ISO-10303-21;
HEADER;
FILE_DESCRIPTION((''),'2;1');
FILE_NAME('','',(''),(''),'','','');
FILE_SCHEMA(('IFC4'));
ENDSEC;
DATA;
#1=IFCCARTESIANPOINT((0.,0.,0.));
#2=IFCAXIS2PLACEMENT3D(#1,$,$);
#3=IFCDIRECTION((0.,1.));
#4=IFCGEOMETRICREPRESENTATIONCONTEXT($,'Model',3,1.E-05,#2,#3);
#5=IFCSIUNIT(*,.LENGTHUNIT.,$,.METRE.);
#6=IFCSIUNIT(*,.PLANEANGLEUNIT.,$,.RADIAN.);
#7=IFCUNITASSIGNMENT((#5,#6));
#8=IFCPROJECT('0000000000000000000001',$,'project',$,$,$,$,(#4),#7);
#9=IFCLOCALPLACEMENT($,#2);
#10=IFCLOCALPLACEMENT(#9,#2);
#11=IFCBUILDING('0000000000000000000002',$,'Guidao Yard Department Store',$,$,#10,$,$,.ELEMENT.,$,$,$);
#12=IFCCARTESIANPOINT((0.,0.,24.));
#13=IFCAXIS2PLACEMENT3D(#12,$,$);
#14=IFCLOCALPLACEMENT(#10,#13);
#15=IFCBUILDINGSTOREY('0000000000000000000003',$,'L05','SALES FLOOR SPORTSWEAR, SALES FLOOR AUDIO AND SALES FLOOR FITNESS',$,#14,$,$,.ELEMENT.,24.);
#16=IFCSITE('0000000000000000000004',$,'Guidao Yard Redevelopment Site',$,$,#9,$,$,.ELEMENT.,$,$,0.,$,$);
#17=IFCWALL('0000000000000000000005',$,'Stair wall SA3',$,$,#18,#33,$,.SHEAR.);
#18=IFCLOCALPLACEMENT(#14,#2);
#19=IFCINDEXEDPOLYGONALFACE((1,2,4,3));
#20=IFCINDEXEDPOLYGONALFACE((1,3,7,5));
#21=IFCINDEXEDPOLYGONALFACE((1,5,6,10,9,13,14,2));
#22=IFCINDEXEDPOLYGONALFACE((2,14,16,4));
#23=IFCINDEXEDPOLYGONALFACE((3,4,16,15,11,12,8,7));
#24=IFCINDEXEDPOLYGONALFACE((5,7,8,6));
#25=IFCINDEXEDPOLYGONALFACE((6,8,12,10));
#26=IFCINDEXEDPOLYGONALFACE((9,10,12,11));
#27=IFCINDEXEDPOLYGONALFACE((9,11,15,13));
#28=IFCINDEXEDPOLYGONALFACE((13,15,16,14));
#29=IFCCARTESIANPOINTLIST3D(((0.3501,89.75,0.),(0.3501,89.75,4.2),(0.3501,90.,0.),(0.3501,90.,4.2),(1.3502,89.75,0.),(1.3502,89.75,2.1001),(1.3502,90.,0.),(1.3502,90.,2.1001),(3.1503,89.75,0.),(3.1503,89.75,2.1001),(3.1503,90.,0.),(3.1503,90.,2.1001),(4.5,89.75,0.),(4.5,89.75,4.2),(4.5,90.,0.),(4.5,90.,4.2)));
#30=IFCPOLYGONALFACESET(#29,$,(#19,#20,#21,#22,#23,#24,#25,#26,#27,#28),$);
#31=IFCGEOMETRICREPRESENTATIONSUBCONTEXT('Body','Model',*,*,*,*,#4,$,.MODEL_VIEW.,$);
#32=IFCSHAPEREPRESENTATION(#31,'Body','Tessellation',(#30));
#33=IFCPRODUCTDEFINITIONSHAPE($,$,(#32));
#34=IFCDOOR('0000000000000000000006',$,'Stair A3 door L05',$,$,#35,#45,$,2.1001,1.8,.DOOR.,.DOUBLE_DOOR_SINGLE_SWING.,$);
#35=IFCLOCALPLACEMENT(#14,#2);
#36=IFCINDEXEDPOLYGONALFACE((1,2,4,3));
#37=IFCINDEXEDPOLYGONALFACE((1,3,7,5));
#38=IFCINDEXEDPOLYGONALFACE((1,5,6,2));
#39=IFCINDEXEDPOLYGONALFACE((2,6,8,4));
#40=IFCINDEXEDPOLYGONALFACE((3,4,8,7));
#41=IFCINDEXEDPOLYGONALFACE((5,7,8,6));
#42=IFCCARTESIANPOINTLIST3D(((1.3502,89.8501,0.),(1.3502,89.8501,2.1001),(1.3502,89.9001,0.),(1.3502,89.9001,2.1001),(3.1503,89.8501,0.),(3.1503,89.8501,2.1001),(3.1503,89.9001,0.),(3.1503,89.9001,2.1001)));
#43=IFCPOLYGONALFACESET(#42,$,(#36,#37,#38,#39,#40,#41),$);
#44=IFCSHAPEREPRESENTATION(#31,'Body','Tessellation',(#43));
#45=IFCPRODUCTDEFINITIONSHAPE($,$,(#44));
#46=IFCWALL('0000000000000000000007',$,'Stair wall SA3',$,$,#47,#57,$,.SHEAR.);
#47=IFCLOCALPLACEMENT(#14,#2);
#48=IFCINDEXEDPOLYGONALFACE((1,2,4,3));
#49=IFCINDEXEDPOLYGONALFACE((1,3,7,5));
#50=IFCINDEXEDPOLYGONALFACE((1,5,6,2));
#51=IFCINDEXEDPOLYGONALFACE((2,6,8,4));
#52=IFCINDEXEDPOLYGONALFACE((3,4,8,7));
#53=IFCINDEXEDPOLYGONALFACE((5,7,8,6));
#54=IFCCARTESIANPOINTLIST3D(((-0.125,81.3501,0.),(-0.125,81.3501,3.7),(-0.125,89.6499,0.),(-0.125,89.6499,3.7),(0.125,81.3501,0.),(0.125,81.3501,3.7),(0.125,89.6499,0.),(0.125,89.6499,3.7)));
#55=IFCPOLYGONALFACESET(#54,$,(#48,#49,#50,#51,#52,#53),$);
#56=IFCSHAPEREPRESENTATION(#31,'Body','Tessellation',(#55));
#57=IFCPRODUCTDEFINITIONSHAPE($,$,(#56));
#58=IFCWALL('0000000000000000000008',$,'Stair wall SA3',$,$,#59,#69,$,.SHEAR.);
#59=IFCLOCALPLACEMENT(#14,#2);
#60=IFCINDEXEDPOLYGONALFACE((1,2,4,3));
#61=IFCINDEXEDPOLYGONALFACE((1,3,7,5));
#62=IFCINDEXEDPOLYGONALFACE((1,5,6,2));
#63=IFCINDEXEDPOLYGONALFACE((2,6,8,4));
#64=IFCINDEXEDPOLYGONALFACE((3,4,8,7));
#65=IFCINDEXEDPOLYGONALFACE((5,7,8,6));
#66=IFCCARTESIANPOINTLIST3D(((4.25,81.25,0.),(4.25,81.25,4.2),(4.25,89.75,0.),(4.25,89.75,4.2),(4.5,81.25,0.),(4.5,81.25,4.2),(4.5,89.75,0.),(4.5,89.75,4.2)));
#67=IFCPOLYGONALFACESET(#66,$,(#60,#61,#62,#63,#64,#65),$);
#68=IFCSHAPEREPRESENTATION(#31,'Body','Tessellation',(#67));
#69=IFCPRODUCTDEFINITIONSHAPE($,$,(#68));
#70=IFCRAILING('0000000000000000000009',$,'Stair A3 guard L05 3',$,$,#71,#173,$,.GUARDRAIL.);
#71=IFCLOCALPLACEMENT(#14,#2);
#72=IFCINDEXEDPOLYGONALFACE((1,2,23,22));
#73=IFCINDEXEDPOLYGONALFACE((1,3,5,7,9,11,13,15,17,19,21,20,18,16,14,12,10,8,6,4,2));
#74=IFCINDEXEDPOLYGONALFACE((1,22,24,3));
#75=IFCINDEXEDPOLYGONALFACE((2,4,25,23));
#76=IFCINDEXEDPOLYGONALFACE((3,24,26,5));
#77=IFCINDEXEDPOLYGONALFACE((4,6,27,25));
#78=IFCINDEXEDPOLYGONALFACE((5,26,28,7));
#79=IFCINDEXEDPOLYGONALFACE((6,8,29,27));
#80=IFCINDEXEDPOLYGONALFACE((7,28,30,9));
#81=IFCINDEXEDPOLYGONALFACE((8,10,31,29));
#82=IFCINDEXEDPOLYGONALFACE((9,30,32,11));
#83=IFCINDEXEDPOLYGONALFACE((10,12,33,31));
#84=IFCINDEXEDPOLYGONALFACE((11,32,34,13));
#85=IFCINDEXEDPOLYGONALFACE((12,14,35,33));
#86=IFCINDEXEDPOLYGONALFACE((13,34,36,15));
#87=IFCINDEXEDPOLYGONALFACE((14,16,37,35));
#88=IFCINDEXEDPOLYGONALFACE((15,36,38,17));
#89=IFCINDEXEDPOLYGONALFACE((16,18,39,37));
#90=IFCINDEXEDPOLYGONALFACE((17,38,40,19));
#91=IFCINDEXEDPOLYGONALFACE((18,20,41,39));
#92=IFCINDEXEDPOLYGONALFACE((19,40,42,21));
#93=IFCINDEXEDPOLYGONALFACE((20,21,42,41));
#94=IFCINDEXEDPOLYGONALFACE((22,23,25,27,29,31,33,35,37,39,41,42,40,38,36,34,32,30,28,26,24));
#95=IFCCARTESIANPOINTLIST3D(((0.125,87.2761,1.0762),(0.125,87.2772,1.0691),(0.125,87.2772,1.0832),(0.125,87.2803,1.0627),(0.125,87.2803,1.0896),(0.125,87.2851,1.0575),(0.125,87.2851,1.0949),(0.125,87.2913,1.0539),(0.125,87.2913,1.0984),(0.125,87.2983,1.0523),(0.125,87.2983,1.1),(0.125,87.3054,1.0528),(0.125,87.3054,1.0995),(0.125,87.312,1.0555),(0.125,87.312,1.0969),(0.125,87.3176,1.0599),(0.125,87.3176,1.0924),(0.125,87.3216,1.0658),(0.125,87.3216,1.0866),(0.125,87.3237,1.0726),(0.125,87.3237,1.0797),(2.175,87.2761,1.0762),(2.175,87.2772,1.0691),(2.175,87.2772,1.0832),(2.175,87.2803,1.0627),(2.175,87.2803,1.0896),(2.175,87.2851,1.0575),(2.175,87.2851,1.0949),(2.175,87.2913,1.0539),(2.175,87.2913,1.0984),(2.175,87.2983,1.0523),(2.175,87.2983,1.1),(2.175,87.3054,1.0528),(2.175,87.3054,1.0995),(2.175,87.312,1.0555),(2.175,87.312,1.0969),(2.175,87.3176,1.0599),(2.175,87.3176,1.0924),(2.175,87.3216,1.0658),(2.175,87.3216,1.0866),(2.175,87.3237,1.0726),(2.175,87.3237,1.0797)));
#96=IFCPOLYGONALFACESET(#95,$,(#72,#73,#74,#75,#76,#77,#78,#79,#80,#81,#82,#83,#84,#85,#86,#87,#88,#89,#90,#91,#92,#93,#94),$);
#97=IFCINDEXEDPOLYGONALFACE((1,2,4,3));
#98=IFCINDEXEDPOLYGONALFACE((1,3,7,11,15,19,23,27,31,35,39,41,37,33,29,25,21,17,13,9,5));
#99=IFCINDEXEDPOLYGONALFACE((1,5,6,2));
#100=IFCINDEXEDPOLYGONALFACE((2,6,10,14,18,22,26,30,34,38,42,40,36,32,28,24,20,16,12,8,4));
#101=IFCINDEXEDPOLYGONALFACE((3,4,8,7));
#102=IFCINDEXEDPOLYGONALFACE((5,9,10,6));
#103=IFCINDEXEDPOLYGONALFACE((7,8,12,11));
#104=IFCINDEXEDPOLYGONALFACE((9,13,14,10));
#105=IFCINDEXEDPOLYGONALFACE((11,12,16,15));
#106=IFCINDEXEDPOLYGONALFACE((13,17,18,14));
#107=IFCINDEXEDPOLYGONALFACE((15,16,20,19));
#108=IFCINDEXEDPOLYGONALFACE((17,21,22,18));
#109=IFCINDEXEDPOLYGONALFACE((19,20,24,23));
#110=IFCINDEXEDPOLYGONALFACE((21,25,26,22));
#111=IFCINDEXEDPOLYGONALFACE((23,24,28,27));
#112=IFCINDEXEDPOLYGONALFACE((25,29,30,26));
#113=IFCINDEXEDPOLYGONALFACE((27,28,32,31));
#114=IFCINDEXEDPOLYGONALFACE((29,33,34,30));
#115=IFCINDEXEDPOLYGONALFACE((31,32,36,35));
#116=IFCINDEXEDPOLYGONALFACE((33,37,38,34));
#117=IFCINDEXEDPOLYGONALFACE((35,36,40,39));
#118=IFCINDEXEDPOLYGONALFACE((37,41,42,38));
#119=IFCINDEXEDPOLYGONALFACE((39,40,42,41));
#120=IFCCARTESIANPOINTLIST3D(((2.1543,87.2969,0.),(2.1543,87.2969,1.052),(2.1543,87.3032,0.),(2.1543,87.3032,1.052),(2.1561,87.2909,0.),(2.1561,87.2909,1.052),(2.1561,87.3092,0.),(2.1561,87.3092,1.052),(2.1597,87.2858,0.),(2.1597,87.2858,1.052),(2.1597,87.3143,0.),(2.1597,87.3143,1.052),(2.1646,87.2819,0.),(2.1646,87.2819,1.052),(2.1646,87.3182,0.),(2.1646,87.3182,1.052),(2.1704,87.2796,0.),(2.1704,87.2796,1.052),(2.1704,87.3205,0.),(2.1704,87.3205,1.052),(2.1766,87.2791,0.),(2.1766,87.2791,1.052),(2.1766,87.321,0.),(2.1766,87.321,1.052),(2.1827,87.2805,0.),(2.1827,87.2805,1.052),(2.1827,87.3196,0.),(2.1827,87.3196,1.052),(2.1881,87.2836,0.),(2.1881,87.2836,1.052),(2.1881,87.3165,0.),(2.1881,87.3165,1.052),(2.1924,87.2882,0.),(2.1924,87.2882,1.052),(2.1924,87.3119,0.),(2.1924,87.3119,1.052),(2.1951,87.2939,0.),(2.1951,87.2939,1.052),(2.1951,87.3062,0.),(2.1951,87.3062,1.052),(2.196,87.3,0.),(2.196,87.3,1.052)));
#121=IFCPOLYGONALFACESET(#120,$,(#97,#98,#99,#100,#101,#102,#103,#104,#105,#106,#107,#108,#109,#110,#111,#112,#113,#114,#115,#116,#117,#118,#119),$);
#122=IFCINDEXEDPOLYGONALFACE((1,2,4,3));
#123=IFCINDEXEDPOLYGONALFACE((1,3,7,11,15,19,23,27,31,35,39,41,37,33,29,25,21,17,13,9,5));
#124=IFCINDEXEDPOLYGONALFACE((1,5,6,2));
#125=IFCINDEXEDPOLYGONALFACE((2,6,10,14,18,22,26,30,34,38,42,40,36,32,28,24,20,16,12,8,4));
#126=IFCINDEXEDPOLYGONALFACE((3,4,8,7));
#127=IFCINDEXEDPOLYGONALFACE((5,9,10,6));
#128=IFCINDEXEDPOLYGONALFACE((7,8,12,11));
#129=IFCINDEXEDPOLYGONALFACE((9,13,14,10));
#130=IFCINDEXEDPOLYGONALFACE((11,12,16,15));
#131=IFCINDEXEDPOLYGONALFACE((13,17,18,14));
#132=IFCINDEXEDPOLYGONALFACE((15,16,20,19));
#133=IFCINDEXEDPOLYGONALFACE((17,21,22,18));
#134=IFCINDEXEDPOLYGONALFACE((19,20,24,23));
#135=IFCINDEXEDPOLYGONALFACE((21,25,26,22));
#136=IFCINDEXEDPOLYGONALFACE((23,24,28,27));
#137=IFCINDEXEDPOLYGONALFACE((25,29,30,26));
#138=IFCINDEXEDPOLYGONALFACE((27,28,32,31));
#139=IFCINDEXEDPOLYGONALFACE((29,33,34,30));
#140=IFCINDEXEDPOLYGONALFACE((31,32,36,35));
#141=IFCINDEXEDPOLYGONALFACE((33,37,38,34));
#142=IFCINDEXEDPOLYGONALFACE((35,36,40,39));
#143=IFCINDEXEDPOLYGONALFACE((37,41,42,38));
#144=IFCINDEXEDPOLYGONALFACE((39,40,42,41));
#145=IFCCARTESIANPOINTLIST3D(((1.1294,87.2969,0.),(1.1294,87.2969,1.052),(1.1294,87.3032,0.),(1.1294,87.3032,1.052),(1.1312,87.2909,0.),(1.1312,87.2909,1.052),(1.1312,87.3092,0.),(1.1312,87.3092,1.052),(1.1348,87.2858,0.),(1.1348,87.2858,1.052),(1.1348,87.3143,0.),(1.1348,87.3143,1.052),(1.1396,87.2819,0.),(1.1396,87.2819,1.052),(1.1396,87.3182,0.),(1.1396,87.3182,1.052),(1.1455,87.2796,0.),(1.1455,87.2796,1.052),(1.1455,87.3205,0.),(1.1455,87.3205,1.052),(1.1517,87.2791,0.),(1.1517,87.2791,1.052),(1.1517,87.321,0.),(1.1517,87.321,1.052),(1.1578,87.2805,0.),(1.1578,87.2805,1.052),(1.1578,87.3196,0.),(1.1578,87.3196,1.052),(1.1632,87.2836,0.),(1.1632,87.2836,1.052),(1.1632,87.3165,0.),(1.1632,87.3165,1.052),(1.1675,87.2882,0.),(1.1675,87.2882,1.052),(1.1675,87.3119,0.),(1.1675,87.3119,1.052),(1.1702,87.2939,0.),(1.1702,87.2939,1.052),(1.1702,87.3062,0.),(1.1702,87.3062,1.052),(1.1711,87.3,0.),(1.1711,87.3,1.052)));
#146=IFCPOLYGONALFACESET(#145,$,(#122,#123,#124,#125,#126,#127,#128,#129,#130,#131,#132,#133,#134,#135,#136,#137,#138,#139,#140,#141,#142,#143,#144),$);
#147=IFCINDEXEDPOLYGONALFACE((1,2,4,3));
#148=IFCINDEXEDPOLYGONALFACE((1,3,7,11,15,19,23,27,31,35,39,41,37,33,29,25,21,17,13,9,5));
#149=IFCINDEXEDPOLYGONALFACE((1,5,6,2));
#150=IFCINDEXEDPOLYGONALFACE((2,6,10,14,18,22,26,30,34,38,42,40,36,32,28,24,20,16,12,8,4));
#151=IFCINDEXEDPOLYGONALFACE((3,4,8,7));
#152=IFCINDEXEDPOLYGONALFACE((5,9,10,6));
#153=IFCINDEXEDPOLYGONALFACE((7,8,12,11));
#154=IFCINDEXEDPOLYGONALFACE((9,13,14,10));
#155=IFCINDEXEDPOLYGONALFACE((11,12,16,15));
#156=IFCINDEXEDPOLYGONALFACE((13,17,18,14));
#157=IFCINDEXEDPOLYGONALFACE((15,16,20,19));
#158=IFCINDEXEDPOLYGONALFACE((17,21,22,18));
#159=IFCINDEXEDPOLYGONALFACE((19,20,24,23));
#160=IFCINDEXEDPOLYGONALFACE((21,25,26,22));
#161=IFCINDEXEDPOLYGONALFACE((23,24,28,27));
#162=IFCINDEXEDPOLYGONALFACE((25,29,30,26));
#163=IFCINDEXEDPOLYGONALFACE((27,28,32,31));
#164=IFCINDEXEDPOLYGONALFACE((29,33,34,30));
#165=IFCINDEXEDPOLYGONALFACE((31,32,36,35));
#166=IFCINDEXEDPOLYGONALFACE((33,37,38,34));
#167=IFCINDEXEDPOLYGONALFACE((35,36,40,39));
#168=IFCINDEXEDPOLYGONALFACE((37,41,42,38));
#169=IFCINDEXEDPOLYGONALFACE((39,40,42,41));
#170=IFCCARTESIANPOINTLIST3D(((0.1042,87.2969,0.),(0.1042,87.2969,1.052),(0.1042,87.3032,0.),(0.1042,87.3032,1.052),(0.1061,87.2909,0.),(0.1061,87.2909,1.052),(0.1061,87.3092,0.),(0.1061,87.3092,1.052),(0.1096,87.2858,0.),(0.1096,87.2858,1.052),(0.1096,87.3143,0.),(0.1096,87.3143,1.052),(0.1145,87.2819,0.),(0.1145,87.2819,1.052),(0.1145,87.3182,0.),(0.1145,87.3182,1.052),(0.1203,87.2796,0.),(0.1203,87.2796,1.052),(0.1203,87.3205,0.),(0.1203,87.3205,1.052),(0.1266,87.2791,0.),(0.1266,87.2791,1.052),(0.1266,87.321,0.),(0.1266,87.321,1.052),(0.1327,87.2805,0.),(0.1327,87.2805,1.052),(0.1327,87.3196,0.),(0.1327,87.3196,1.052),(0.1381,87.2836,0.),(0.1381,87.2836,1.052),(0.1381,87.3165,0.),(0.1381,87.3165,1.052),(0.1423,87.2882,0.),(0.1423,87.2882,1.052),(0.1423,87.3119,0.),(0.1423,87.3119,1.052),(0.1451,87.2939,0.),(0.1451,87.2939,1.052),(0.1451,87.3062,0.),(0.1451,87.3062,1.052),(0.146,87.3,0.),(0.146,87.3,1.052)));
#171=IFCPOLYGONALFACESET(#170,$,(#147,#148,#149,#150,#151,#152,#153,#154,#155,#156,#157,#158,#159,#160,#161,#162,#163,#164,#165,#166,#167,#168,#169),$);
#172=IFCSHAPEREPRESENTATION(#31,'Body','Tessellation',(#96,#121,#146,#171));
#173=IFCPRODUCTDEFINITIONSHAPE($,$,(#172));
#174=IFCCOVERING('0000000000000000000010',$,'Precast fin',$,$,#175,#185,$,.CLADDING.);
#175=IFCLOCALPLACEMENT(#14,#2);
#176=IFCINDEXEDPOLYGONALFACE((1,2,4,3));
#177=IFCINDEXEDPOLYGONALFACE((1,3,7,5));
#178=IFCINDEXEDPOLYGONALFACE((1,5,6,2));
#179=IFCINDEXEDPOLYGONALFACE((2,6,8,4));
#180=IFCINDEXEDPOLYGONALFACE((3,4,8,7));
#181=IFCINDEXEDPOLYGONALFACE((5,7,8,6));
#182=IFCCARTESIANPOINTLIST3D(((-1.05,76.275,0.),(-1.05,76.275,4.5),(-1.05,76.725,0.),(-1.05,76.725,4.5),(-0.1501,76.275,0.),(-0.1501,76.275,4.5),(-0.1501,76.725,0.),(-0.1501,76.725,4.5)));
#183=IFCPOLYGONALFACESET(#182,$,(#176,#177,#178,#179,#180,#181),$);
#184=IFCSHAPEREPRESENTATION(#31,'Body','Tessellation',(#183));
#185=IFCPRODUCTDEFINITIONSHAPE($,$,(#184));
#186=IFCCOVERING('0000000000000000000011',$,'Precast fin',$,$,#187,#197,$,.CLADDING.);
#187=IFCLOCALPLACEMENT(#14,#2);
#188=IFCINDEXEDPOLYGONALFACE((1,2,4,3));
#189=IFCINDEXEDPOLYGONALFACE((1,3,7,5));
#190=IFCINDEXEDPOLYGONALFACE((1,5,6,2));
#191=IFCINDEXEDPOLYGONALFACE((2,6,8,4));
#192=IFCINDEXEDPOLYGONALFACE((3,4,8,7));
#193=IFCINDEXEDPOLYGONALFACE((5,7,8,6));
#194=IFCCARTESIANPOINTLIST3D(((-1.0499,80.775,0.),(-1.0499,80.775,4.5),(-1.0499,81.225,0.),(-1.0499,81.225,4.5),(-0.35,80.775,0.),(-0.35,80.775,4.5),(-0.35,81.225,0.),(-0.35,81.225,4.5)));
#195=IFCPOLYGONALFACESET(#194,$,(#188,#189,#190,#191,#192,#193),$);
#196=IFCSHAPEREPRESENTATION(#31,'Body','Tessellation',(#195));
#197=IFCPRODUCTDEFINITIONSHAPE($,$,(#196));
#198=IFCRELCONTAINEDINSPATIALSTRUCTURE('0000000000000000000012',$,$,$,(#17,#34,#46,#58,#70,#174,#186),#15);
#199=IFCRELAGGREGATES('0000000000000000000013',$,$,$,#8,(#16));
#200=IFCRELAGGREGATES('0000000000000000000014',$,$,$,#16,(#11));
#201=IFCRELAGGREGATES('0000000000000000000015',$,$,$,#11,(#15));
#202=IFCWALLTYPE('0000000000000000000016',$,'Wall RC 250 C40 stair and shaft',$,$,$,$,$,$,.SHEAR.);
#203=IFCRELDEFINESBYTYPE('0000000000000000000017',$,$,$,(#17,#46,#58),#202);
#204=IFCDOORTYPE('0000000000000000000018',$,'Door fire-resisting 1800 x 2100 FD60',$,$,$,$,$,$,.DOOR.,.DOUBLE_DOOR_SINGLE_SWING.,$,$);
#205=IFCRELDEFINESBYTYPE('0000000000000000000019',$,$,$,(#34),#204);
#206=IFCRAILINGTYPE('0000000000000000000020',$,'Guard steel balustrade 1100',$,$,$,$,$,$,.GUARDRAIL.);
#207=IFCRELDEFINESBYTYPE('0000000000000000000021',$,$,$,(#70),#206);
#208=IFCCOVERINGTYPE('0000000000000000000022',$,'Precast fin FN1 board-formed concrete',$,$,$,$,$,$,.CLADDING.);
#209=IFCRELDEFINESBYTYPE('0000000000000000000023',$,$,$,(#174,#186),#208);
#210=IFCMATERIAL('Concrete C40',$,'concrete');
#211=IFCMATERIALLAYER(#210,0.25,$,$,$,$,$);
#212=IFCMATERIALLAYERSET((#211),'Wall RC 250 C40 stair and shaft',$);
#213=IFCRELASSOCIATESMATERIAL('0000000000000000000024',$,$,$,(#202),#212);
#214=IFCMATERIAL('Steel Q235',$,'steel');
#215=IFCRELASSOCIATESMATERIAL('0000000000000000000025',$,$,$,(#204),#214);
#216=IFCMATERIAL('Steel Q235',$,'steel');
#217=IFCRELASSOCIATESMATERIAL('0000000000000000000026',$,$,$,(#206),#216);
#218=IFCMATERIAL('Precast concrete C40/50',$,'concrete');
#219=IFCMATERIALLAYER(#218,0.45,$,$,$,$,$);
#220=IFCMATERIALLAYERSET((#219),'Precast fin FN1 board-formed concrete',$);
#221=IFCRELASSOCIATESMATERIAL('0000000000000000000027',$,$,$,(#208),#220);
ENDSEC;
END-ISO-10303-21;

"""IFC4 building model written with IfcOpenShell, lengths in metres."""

from ifc_helpers import new_model, si_unit, direction, frame, frame_2d, origin, origin_2d, place, context, subcontext, project, spatial, rectangle, circle, extrude, material, layer, layer_set, type_object, element, fill, save


model = new_model("IFC4")

# Units and contexts
model_context = context("Model", 3, precision=1e-05, world=origin(), true_north=direction((0.0, 1.0)))
body_context = subcontext(model_context, "Body", "Model", "MODEL_VIEW")
ifc_project = project(units=[si_unit("LENGTHUNIT", "METRE"), si_unit("PLANEANGLEUNIT", "RADIAN")], contexts=[model_context])

# Site, building, storey
site_placement = place(None, origin())
site = spatial("IfcSite", under=ifc_project, at=site_placement, Name="Guidao Yard Redevelopment Site", CompositionType="ELEMENT", RefElevation=0.0)
building_placement = place(site_placement, origin())
building = spatial("IfcBuilding", under=site, at=building_placement, Name="Guidao Yard Department Store", CompositionType="ELEMENT")
storey_placement = place(building_placement, frame((0.0, 0.0, 24.0)))
storey = spatial("IfcBuildingStorey", under=building, at=storey_placement, Name="L05", Description="SALES FLOOR SPORTSWEAR, SALES FLOOR AUDIO AND SALES FLOOR FITNESS", CompositionType="ELEMENT", Elevation=24.0)

# Shared definitions
ifc_material_1 = material(Name="Concrete C40", Category="concrete")
ifc_layer_1 = layer(ifc_material_1, 0.25)
ifc_layer_set_1 = layer_set([ifc_layer_1], Name="Wall RC 250 C40 stair and shaft")
wall_type_1 = type_object("IfcWallType", Name="Wall RC 250 C40 stair and shaft", PredefinedType="SHEAR", material=ifc_layer_set_1)

# Wall, opening, door
wall_1_placement = place(storey_placement, frame((0.3501, 89.875, 0.0), z_axis=(0.0, 0.0, 1.0), x_axis=(1.0, 0.0, 0.0)))
wall_1 = element("IfcWall", 1, at=wall_1_placement, inside=storey, type_object=wall_type_1, Name="Stair wall SA3", PredefinedType="SHEAR", context=body_context, shape_type="SweptSolid", body=[
    extrude(rectangle(XDim=4.1499, YDim=0.25, at=frame_2d((2.075, 0.0))), origin(), (0.0, 0.0, 1.0), 4.2),
])
opening_1_placement = place(wall_1_placement, frame((2.8, 0.0, 0.0), z_axis=(0.0, 0.0, 1.0), x_axis=(-1.0, 0.0, 0.0)))
opening_1 = element("IfcOpeningElement", 2, at=opening_1_placement, cuts=wall_1, PredefinedType="OPENING", context=body_context, shape_type="SweptSolid", body=[
    extrude(rectangle(XDim=1.8, YDim=2.1001, at=frame_2d((0.8999, 1.05))), frame((0.0, 0.135, 0.0), z_axis=(0.0, -1.0, 0.0), x_axis=(1.0, 0.0, 0.0)), (0.0, 0.0, 1.0), 0.27),
])
ifc_material_2 = material(Name="Steel Q235", Category="steel")
door_type = type_object("IfcDoorType", Name="Door fire-resisting 1800 x 2100 FD60", OperationType="DOUBLE_DOOR_SINGLE_SWING", PredefinedType="DOOR", material=ifc_material_2)
door_placement = place(opening_1_placement, origin())
door = element("IfcDoor", 3, at=door_placement, inside=storey, type_object=door_type, Name="Stair A3 door L05", OperationType="DOUBLE_DOOR_SINGLE_SWING", OverallHeight=2.1001, OverallWidth=1.8, PredefinedType="DOOR", context=body_context, shape_type="SweptSolid", body=[
    extrude(rectangle(XDim=1.8, YDim=2.1001, at=frame_2d((0.8999, 1.05))), frame((0.0, 0.0249, 0.0), z_axis=(0.0, -1.0, 0.0), x_axis=(1.0, 0.0, 0.0)), (0.0, 0.0, 1.0), 0.05),
])
fill(opening_1, door)

# Walls
wall_2_placement = place(storey_placement, frame((0.0, 81.3501, 0.0), z_axis=(0.0, 0.0, 1.0), x_axis=(0.0, 1.0, 0.0)))
element("IfcWall", 4, at=wall_2_placement, inside=storey, type_object=wall_type_1, Name="Stair wall SA3", PredefinedType="SHEAR", context=body_context, shape_type="SweptSolid", body=[
    extrude(rectangle(XDim=8.2998, YDim=0.25, at=frame_2d((4.1499, 0.0))), origin(), (0.0, 0.0, 1.0), 3.7),
])
wall_3_placement = place(storey_placement, frame((4.375, 81.25, 0.0), z_axis=(0.0, 0.0, 1.0), x_axis=(0.0, 1.0, 0.0)))
element("IfcWall", 5, at=wall_3_placement, inside=storey, type_object=wall_type_1, Name="Stair wall SA3", PredefinedType="SHEAR", context=body_context, shape_type="SweptSolid", body=[
    extrude(rectangle(XDim=8.5, YDim=0.25, at=frame_2d((4.25, 0.0))), origin(), (0.0, 0.0, 1.0), 4.2),
])

# Railing
ifc_material_3 = material(Name="Steel Q235", Category="steel")
railing_type = type_object("IfcRailingType", Name="Guard steel balustrade 1100", PredefinedType="GUARDRAIL", material=ifc_material_3)
railing_placement = place(storey_placement, frame((2.175, 87.3, 0.0)))
element("IfcRailing", 6, at=railing_placement, inside=storey, type_object=railing_type, Name="Stair A3 guard L05 3", PredefinedType="GUARDRAIL", context=body_context, shape_type="SweptSolid", body=[
    extrude(circle(Radius=0.0239, at=origin_2d()), frame((0.0, 0.0, 1.0762), z_axis=(-1.0, 0.0, 0.0), x_axis=(0.0, -1.0, 0.0)), (0.0, 0.0, 1.0), 2.05),
    extrude(circle(Radius=0.021, at=origin_2d()), origin(), (0.0, 0.0, 1.0), 1.052),
    extrude(circle(Radius=0.021, at=origin_2d()), frame((-1.0249, 0.0, 0.0)), (0.0, 0.0, 1.0), 1.052),
    extrude(circle(Radius=0.021, at=origin_2d()), frame((-2.05, 0.0, 0.0)), (0.0, 0.0, 1.0), 1.052),
])

# Coverings
ifc_material_4 = material(Name="Precast concrete C40/50", Category="concrete")
ifc_layer_2 = layer(ifc_material_4, 0.45)
ifc_layer_set_2 = layer_set([ifc_layer_2], Name="Precast fin FN1 board-formed concrete")
covering_type = type_object("IfcCoveringType", Name="Precast fin FN1 board-formed concrete", PredefinedType="CLADDING", material=ifc_layer_set_2)
covering_1_placement = place(storey_placement, frame((-0.6001, 76.5, 0.0), z_axis=(0.0, 0.0, 1.0), x_axis=(0.0, 1.0, 0.0)))
element("IfcCovering", 7, at=covering_1_placement, inside=storey, type_object=covering_type, Name="Precast fin", PredefinedType="CLADDING", context=body_context, shape_type="SweptSolid", body=[
    extrude(rectangle(XDim=0.45, YDim=0.8999, at=origin_2d()), origin(), (0.0, 0.0, 1.0), 4.5),
])
for number, where, z_axis, x_axis, name in (
    (8, (-0.7, 81.0, 0.0), (0.0, 0.0, 1.0), (0.0, 1.0, 0.0), "Precast fin"),
):
    element("IfcCovering", number, at=place(storey_placement, frame(where, z_axis=z_axis, x_axis=x_axis)), inside=storey, type_object=covering_type, Name=name, PredefinedType="CLADDING", context=body_context, shape_type="SweptSolid", body=[
        extrude(rectangle(XDim=0.45, YDim=0.7, at=origin_2d()), origin(), (0.0, 0.0, 1.0), 4.5),
    ])

save(model, "model.ifc")
